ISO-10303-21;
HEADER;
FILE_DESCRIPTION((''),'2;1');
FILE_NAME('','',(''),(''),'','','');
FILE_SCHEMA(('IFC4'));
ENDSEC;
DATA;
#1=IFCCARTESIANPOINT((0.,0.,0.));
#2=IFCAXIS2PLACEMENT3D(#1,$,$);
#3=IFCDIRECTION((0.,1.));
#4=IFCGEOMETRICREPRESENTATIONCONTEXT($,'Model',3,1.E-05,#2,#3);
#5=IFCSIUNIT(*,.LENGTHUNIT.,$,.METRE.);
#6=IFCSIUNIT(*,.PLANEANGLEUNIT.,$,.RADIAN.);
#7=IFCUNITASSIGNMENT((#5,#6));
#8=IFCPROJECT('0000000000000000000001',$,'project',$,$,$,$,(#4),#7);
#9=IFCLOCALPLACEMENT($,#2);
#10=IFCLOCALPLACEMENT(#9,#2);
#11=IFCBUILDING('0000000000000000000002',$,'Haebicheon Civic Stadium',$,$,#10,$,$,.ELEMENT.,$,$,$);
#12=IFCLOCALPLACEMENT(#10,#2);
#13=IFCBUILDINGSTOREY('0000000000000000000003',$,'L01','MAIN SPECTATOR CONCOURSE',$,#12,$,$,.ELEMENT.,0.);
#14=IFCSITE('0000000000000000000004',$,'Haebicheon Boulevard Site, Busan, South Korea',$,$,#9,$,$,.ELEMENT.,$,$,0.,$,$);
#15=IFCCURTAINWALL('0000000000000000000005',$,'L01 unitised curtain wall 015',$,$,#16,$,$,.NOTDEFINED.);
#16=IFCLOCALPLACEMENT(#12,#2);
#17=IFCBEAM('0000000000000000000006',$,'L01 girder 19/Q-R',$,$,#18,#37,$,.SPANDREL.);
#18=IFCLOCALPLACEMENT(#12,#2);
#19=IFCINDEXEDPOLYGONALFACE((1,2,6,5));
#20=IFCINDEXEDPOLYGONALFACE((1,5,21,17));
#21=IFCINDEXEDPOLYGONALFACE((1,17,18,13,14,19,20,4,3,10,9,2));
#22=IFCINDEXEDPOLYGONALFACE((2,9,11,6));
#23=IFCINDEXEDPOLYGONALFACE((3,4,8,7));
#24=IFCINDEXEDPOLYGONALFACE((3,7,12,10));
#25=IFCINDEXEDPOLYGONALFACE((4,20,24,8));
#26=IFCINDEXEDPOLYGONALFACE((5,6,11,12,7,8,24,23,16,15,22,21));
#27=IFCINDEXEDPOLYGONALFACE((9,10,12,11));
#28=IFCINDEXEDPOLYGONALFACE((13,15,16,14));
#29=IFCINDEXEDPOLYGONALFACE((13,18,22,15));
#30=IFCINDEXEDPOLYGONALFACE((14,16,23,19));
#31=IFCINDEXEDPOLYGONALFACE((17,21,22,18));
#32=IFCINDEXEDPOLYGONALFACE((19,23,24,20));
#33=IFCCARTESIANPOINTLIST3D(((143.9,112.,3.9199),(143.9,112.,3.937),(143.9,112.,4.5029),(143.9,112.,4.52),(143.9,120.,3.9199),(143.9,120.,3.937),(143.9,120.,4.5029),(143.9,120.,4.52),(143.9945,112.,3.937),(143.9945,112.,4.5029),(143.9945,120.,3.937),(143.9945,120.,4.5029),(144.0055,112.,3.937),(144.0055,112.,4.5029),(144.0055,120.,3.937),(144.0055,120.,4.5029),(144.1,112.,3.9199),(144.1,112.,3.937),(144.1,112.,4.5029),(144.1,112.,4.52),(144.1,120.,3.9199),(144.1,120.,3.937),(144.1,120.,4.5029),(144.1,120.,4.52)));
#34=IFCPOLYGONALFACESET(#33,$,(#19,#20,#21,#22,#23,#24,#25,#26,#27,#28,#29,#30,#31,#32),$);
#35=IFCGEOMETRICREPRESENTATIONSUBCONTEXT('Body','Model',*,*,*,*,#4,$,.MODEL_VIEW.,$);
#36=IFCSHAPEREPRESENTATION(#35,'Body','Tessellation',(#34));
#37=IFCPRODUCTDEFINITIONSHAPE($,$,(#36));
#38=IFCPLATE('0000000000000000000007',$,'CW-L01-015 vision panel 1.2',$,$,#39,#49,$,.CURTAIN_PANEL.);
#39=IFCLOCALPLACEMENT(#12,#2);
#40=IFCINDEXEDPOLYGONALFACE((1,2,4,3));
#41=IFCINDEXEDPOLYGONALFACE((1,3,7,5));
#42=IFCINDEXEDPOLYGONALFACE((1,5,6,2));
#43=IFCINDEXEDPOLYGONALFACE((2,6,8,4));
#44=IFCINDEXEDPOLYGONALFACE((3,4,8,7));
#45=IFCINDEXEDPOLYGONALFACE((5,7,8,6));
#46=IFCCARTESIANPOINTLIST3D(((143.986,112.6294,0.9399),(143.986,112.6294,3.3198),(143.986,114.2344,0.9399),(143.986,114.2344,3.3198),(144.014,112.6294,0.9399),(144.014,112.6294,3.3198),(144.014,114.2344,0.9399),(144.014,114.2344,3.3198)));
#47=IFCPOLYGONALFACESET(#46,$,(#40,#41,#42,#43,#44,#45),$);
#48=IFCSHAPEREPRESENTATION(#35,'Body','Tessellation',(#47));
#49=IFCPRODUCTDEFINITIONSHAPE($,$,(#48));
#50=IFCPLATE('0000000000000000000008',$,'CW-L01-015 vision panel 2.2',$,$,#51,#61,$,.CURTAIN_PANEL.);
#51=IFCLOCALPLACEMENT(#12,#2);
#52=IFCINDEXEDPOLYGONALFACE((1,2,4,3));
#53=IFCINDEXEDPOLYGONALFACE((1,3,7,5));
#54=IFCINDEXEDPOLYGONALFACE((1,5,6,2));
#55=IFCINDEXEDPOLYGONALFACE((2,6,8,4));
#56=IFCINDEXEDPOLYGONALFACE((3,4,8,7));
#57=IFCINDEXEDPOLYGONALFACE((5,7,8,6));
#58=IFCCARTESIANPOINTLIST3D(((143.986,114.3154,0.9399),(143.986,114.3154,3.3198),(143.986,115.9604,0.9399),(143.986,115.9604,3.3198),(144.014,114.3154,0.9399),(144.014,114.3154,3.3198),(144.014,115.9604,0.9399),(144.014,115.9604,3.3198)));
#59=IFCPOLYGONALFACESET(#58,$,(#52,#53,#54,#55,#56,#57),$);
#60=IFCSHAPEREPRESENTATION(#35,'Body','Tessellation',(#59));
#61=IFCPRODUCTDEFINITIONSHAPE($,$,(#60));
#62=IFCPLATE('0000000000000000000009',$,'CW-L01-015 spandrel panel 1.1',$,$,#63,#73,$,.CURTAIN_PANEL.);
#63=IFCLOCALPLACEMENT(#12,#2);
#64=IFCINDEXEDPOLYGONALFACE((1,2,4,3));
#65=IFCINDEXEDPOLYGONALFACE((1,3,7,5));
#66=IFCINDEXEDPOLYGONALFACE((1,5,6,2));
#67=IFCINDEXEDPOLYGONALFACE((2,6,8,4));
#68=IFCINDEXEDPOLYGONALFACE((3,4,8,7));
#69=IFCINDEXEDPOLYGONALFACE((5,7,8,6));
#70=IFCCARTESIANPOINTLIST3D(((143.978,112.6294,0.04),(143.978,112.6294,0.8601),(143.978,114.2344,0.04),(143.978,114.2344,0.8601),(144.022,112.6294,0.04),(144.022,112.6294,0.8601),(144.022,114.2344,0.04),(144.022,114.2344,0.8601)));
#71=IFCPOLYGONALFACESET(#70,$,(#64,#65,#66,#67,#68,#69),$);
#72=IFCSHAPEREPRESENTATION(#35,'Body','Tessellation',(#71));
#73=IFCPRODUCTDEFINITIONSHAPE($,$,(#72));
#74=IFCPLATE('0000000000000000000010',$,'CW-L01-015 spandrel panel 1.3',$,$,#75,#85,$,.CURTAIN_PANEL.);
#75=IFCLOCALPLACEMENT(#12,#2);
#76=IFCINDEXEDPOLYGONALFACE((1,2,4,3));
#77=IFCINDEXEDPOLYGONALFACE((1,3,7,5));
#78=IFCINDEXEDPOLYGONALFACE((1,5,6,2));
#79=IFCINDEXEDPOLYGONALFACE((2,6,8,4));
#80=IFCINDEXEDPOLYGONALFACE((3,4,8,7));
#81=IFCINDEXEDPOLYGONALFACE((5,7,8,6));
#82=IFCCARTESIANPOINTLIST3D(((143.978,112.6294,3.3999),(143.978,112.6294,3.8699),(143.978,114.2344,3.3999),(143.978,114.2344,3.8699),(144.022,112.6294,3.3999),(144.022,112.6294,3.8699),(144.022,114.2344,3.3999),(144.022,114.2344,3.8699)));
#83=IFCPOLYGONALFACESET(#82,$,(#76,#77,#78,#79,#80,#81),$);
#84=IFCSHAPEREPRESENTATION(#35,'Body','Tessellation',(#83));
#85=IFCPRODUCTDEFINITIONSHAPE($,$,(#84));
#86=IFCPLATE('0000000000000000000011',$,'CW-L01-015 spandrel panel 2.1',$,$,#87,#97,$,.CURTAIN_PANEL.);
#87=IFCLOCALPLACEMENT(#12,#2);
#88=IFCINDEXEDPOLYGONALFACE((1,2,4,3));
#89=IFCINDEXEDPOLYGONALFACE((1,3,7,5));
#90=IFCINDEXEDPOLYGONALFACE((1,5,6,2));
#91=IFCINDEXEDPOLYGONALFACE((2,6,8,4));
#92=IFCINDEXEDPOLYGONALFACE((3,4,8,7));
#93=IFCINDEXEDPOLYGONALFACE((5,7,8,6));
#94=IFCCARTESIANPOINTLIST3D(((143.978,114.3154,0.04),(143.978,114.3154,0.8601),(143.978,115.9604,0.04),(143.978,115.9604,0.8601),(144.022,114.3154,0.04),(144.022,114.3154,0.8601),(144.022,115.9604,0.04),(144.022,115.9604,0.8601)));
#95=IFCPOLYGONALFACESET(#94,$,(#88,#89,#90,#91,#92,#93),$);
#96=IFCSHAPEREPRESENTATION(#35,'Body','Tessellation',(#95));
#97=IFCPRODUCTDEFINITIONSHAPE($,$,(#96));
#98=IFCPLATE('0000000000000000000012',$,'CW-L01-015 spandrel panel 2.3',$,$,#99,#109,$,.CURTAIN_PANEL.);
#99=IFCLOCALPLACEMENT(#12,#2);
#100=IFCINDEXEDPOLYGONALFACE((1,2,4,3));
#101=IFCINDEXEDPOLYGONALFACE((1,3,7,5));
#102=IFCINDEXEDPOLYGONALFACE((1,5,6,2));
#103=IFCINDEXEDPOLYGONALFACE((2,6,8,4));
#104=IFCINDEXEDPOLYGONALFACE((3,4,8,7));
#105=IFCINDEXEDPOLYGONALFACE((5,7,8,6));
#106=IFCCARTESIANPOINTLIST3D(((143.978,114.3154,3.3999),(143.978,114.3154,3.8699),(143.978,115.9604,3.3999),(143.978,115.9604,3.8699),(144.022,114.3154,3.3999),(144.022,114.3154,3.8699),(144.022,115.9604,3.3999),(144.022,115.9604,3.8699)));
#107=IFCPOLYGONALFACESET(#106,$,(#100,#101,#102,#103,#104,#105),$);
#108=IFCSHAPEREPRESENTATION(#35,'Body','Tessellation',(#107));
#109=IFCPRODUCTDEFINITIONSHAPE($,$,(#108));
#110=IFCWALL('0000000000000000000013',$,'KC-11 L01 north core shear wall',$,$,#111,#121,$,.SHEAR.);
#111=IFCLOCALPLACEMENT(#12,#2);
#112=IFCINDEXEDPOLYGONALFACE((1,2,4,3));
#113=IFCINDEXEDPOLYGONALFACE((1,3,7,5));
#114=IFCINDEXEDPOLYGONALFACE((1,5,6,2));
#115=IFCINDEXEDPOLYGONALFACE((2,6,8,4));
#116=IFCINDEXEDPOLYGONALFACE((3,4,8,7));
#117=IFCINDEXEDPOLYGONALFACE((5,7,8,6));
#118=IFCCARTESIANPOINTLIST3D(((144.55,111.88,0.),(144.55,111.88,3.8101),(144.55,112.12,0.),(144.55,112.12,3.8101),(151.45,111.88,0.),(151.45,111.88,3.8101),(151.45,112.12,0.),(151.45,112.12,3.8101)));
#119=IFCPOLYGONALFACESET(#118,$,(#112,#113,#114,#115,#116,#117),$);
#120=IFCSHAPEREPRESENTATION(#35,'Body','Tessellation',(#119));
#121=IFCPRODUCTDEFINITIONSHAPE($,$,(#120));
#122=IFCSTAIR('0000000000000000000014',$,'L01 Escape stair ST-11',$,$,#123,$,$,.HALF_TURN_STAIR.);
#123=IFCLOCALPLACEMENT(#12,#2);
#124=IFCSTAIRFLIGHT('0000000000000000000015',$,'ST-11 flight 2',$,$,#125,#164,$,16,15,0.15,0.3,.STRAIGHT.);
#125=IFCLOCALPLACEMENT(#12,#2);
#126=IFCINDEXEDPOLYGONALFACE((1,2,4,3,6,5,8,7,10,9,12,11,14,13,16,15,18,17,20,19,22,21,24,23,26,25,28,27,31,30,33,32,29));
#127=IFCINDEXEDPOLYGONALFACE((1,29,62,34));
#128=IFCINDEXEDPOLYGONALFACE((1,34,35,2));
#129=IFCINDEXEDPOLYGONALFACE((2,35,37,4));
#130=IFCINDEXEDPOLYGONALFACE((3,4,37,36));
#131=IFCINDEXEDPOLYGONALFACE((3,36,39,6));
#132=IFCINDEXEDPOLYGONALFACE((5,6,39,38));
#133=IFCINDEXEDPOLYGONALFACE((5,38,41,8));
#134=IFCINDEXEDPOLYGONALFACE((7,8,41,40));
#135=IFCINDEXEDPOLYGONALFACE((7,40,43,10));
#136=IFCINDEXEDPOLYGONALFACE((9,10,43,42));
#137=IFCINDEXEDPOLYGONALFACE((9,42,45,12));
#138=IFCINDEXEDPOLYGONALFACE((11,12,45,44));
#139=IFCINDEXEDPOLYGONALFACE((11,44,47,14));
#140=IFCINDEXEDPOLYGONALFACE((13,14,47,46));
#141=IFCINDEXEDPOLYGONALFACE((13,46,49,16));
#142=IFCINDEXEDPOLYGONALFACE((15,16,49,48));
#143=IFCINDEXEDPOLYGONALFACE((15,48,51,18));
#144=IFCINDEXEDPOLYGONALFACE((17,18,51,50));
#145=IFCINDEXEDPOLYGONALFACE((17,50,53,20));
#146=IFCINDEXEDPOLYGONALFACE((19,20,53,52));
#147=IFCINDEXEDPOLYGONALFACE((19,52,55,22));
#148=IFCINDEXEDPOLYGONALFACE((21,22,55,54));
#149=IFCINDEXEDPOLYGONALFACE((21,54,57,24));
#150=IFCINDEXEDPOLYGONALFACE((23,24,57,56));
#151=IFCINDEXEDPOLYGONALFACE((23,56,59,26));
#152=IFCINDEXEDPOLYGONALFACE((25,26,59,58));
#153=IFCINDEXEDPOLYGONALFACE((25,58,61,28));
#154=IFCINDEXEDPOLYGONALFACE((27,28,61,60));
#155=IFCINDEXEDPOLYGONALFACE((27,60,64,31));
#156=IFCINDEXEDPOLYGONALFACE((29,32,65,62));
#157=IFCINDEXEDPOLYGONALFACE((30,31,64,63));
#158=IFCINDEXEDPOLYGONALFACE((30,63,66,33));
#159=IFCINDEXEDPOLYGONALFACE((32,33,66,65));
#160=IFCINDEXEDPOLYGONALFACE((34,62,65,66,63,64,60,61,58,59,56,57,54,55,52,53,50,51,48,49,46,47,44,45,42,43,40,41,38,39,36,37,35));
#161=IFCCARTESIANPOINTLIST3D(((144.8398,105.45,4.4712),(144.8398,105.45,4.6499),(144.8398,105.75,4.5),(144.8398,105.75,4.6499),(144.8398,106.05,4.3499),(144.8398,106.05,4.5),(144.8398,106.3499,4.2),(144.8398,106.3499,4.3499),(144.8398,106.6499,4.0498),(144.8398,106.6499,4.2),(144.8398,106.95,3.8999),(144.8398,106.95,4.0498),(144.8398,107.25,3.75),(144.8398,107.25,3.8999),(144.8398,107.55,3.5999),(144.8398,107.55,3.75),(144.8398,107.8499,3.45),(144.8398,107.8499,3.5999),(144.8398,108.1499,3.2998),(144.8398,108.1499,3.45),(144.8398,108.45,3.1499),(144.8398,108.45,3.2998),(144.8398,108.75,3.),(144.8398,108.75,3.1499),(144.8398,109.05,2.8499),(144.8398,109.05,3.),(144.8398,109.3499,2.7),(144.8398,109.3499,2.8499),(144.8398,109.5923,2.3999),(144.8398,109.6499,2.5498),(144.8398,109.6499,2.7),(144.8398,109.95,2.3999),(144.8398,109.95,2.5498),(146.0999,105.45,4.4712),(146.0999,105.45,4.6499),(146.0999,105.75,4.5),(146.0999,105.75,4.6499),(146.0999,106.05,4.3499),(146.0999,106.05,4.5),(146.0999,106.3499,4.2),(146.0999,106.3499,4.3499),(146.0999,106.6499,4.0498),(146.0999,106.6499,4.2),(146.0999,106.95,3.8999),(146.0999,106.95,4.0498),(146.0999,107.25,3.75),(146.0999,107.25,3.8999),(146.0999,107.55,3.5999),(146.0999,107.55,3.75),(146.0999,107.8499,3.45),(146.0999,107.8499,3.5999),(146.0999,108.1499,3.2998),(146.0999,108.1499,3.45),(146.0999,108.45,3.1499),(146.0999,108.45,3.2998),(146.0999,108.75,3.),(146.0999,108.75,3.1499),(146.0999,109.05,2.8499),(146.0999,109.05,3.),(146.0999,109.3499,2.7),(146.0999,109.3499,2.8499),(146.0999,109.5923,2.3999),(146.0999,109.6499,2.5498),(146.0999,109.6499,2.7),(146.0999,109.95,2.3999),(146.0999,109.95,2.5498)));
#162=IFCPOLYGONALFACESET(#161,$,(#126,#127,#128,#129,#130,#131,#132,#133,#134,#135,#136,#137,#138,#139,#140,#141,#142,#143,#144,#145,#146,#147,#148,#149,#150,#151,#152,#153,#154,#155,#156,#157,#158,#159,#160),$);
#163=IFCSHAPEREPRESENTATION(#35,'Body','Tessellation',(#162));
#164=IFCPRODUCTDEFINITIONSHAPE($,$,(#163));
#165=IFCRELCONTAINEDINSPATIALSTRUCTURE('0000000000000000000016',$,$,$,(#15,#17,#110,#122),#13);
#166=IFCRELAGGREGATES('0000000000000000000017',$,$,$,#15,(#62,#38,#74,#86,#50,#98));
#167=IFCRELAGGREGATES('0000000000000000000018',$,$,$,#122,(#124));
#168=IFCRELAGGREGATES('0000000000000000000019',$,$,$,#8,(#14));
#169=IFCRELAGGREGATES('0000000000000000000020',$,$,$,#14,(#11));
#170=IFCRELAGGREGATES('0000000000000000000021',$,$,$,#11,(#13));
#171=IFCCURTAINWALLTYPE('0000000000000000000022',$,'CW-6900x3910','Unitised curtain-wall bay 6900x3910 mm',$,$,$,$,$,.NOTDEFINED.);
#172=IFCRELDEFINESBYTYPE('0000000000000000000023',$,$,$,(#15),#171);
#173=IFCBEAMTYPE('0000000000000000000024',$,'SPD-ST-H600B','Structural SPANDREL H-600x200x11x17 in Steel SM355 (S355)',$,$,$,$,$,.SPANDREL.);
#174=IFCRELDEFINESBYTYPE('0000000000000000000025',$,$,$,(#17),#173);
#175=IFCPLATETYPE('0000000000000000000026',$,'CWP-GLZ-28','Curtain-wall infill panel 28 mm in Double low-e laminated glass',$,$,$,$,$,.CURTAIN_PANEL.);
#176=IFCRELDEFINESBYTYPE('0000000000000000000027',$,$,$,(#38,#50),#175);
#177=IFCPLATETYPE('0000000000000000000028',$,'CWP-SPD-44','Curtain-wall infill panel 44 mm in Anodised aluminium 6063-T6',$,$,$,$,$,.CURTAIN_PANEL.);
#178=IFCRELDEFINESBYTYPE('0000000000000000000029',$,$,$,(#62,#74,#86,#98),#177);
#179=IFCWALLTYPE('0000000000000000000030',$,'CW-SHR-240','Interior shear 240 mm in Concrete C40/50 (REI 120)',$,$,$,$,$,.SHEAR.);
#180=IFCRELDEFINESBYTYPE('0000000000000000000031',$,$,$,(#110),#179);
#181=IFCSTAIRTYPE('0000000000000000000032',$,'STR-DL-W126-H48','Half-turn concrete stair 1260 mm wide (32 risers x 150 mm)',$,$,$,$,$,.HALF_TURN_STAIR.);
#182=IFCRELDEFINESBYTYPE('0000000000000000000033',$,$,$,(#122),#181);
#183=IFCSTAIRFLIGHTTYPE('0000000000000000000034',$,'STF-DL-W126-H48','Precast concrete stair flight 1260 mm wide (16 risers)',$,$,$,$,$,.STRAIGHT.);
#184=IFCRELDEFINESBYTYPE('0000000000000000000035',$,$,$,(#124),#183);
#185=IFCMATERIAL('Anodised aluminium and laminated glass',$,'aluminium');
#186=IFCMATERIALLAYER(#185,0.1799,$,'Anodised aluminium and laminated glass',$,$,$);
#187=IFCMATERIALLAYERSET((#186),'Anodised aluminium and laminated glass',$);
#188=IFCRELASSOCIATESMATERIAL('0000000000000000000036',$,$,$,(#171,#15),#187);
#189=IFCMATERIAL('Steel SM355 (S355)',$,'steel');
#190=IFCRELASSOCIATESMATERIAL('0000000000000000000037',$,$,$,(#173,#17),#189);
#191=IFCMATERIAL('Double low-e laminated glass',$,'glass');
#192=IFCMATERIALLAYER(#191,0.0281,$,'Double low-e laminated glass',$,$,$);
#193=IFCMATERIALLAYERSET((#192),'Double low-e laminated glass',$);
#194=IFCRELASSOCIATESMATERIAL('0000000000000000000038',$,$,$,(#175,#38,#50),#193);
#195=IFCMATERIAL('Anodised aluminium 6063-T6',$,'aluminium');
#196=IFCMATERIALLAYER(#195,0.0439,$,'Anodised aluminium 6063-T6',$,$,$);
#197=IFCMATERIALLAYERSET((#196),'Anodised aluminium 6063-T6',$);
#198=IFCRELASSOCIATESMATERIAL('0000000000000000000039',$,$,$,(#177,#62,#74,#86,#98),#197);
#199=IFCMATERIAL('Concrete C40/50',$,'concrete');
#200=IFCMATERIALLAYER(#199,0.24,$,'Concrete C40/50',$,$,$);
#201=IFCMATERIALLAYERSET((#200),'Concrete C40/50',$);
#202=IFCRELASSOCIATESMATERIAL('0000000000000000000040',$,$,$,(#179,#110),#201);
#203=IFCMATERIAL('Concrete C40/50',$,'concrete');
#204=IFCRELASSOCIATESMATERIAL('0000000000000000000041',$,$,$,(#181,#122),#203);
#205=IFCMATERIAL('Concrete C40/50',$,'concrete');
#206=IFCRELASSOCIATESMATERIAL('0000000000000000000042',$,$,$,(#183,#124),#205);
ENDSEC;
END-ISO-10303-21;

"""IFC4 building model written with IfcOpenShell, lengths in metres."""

from ifc_helpers import new_model, si_unit, direction, frame, frame_2d, origin, origin_2d, place, context, subcontext, project, spatial, polyline, rectangle, i_section, outline, extrude, material, layer, layer_set, material_profile, profile_set, type_object, element, aggregate, save


model = new_model("IFC4")

# Units and contexts
model_context = context("Model", 3, precision=1e-05, world=origin(), true_north=direction((0.0, 1.0)))
body_context = subcontext(model_context, "Body", "Model", "MODEL_VIEW")
ifc_project = project(units=[si_unit("LENGTHUNIT", "METRE"), si_unit("PLANEANGLEUNIT", "RADIAN")], contexts=[model_context])

# Site, building, storey
site_placement = place(None, origin())
site = spatial("IfcSite", under=ifc_project, at=site_placement, Name="Haebicheon Boulevard Site, Busan, South Korea", CompositionType="ELEMENT", RefElevation=0.0)
building_placement = place(site_placement, origin())
building = spatial("IfcBuilding", under=site, at=building_placement, Name="Haebicheon Civic Stadium", CompositionType="ELEMENT")
storey_placement = place(building_placement, origin())
storey = spatial("IfcBuildingStorey", under=building, at=storey_placement, Name="L01", Description="MAIN SPECTATOR CONCOURSE", CompositionType="ELEMENT", Elevation=0.0)

# Curtain wall
ifc_material_1 = material(Name="Anodised aluminium and laminated glass", Category="aluminium")
ifc_layer_1 = layer(ifc_material_1, 0.1799, Name="Anodised aluminium and laminated glass")
ifc_layer_set_1 = layer_set([ifc_layer_1], Name="Anodised aluminium and laminated glass")
curtain_wall_type = type_object("IfcCurtainWallType", Name="CW-6900x3910", Description="Unitised curtain-wall bay 6900x3910 mm", PredefinedType="NOTDEFINED", material=ifc_layer_set_1)
curtain_wall_placement = place(storey_placement, origin())
curtain_wall = element("IfcCurtainWall", 1, at=curtain_wall_placement, inside=storey, type_object=curtain_wall_type, material=ifc_layer_set_1, Name="L01 unitised curtain wall 015", PredefinedType="NOTDEFINED")

# Beam
ifc_material_2 = material(Name="Steel SM355 (S355)", Category="steel")
ifc_material_profile_1 = material_profile(ifc_material_2, i_section(OverallWidth=0.2, OverallDepth=0.6001, WebThickness=0.011, FlangeThickness=0.0171, at=origin_2d()), Name="H-600x200x11x17")
ifc_profile_set_1 = profile_set([ifc_material_profile_1], Name="Steel SM355 (S355)")
beam_type_1 = type_object("IfcBeamType", Name="SPD-ST-H600B", Description="Structural SPANDREL H-600x200x11x17 in Steel SM355 (S355)", PredefinedType="SPANDREL", material=ifc_profile_set_1)
beam_1_placement = place(storey_placement, frame((144.0, 112.0, 4.22), z_axis=(0.0, 1.0, 0.0), x_axis=(-1.0, 0.0, 0.0)))
element("IfcBeam", 2, at=beam_1_placement, inside=storey, type_object=beam_type_1, material=ifc_profile_set_1, Name="L01 girder 19/Q-R", PredefinedType="SPANDREL", context=body_context, shape_type="SweptSolid", body=[
    extrude(i_section(OverallWidth=0.2, OverallDepth=0.6001, WebThickness=0.011, FlangeThickness=0.0171, at=origin_2d()), origin(), (0.0, 0.0, 1.0), 8.0),
])

# Plates
ifc_material_3 = material(Name="Double low-e laminated glass", Category="glass")
ifc_layer_2 = layer(ifc_material_3, 0.0281, Name="Double low-e laminated glass")
ifc_layer_set_2 = layer_set([ifc_layer_2], Name="Double low-e laminated glass")
plate_type_1 = type_object("IfcPlateType", Name="CWP-GLZ-28", Description="Curtain-wall infill panel 28 mm in Double low-e laminated glass", PredefinedType="CURTAIN_PANEL", material=ifc_layer_set_2)
plate_1_placement = place(storey_placement, frame((144.0, 113.4319, 0.9399), z_axis=(0.0, 0.0, 1.0), x_axis=(0.0, 1.0, 0.0)))
plate_1 = element("IfcPlate", 3, at=plate_1_placement, type_object=plate_type_1, material=ifc_layer_set_2, Name="CW-L01-015 vision panel 1.2", PredefinedType="CURTAIN_PANEL", context=body_context, shape_type="SweptSolid", body=[
    extrude(rectangle(XDim=1.605, YDim=0.0281, at=origin_2d()), origin(), (0.0, 0.0, 1.0), 2.3799),
])
plate_2_placement = place(storey_placement, frame((144.0, 115.1379, 0.9399), z_axis=(0.0, 0.0, 1.0), x_axis=(0.0, 1.0, 0.0)))
plate_2 = element("IfcPlate", 4, at=plate_2_placement, type_object=plate_type_1, material=ifc_layer_set_2, Name="CW-L01-015 vision panel 2.2", PredefinedType="CURTAIN_PANEL", context=body_context, shape_type="SweptSolid", body=[
    extrude(rectangle(XDim=1.645, YDim=0.0281, at=origin_2d()), origin(), (0.0, 0.0, 1.0), 2.3799),
])
ifc_material_4 = material(Name="Anodised aluminium 6063-T6", Category="aluminium")
ifc_layer_3 = layer(ifc_material_4, 0.0439, Name="Anodised aluminium 6063-T6")
ifc_layer_set_3 = layer_set([ifc_layer_3], Name="Anodised aluminium 6063-T6")
plate_type_2 = type_object("IfcPlateType", Name="CWP-SPD-44", Description="Curtain-wall infill panel 44 mm in Anodised aluminium 6063-T6", PredefinedType="CURTAIN_PANEL", material=ifc_layer_set_3)
plate_3_placement = place(storey_placement, frame((144.0, 113.4319, 0.04), z_axis=(0.0, 0.0, 1.0), x_axis=(0.0, 1.0, 0.0)))
plate_3 = element("IfcPlate", 5, at=plate_3_placement, type_object=plate_type_2, material=ifc_layer_set_3, Name="CW-L01-015 spandrel panel 1.1", PredefinedType="CURTAIN_PANEL", context=body_context, shape_type="SweptSolid", body=[
    extrude(rectangle(XDim=1.605, YDim=0.0439, at=origin_2d()), origin(), (0.0, 0.0, 1.0), 0.8201),
])
plate_4_placement = place(storey_placement, frame((144.0, 113.4319, 3.3999), z_axis=(0.0, 0.0, 1.0), x_axis=(0.0, 1.0, 0.0)))
plate_4 = element("IfcPlate", 6, at=plate_4_placement, type_object=plate_type_2, material=ifc_layer_set_3, Name="CW-L01-015 spandrel panel 1.3", PredefinedType="CURTAIN_PANEL", context=body_context, shape_type="SweptSolid", body=[
    extrude(rectangle(XDim=1.605, YDim=0.0439, at=origin_2d()), origin(), (0.0, 0.0, 1.0), 0.47),
])
plate_5_placement = place(storey_placement, frame((144.0, 115.1379, 0.04), z_axis=(0.0, 0.0, 1.0), x_axis=(0.0, 1.0, 0.0)))
plate_5 = element("IfcPlate", 7, at=plate_5_placement, type_object=plate_type_2, material=ifc_layer_set_3, Name="CW-L01-015 spandrel panel 2.1", PredefinedType="CURTAIN_PANEL", context=body_context, shape_type="SweptSolid", body=[
    extrude(rectangle(XDim=1.645, YDim=0.0439, at=origin_2d()), origin(), (0.0, 0.0, 1.0), 0.8201),
])
plate_6_placement = place(storey_placement, frame((144.0, 115.1379, 3.3999), z_axis=(0.0, 0.0, 1.0), x_axis=(0.0, 1.0, 0.0)))
plate_6 = element("IfcPlate", 8, at=plate_6_placement, type_object=plate_type_2, material=ifc_layer_set_3, Name="CW-L01-015 spandrel panel 2.3", PredefinedType="CURTAIN_PANEL", context=body_context, shape_type="SweptSolid", body=[
    extrude(rectangle(XDim=1.645, YDim=0.0439, at=origin_2d()), origin(), (0.0, 0.0, 1.0), 0.47),
])
aggregate(curtain_wall, [plate_3, plate_1, plate_4, plate_5, plate_2, plate_6])

# Wall
ifc_material_5 = material(Name="Concrete C40/50", Category="concrete")
ifc_layer_4 = layer(ifc_material_5, 0.24, Name="Concrete C40/50")
ifc_layer_set_4 = layer_set([ifc_layer_4], Name="Concrete C40/50")
wall_type = type_object("IfcWallType", Name="CW-SHR-240", Description="Interior shear 240 mm in Concrete C40/50 (REI 120)", PredefinedType="SHEAR", material=ifc_layer_set_4)
wall_placement = place(storey_placement, frame((144.55, 112.0, 0.0), z_axis=(0.0, 0.0, 1.0), x_axis=(1.0, 0.0, 0.0)))
element("IfcWall", 9, at=wall_placement, inside=storey, type_object=wall_type, material=ifc_layer_set_4, Name="KC-11 L01 north core shear wall", PredefinedType="SHEAR", context=body_context, shape_type="SweptSolid", body=[
    extrude(rectangle(XDim=6.8999, YDim=0.24, at=frame_2d((3.45, 0.0))), origin(), (0.0, 0.0, 1.0), 3.8101),
])

# Stair, stair flight
ifc_material_6 = material(Name="Concrete C40/50", Category="concrete")
stair_type = type_object("IfcStairType", Name="STR-DL-W126-H48", Description="Half-turn concrete stair 1260 mm wide (32 risers x 150 mm)", PredefinedType="HALF_TURN_STAIR", material=ifc_material_6)
stair_placement = place(storey_placement, origin())
stair = element("IfcStair", 10, at=stair_placement, inside=storey, type_object=stair_type, material=ifc_material_6, Name="L01 Escape stair ST-11", PredefinedType="HALF_TURN_STAIR")
ifc_material_7 = material(Name="Concrete C40/50", Category="concrete")
stair_flight_type = type_object("IfcStairFlightType", Name="STF-DL-W126-H48", Description="Precast concrete stair flight 1260 mm wide (16 risers)", PredefinedType="STRAIGHT", material=ifc_material_7)
stair_flight_placement = place(storey_placement, frame((145.47, 109.95, 2.3999), z_axis=(0.0, 0.0, 1.0), x_axis=(0.0, -1.0, 0.0)))
stair_flight = element("IfcStairFlight", 11, at=stair_flight_placement, type_object=stair_flight_type, material=ifc_material_7, Name="ST-11 flight 2", NumberOfRisers=16, NumberOfTreads=15, PredefinedType="STRAIGHT", RiserHeight=0.15, TreadLength=0.3, context=body_context, shape_type="SweptSolid", body=[
    extrude(outline(polyline([(0.0, 0.0), (0.0, 0.1499), (0.3, 0.1499), (0.3, 0.3), (0.6001, 0.3), (0.6001, 0.45), (0.8999, 0.45), (0.8999, 0.6001), (1.2, 0.6001), (1.2, 0.75), (1.5, 0.75), (1.5, 0.8999), (1.8, 0.8999), (1.8, 1.05), (2.1001, 1.05), (2.1001, 1.2), (2.3999, 1.2), (2.3999, 1.3501), (2.7, 1.3501), (2.7, 1.5), (3.0, 1.5), (3.0, 1.6499), (3.3, 1.6499), (3.3, 1.8), (3.6001, 1.8), (3.6001, 1.95), (3.8999, 1.95), (3.8999, 2.1001), (4.2, 2.1001), (4.2, 2.25), (4.5, 2.25), (4.5, 2.3999), (4.5, 2.0713), (0.3577, 0.0), (0.0, 0.0)])), frame((0.0, 0.6299, 0.0), z_axis=(0.0, -1.0, 0.0), x_axis=(1.0, 0.0, 0.0)), (0.0, 0.0, 1.0), 1.26),
])
aggregate(stair, [stair_flight])

save(model, "model.ifc")
